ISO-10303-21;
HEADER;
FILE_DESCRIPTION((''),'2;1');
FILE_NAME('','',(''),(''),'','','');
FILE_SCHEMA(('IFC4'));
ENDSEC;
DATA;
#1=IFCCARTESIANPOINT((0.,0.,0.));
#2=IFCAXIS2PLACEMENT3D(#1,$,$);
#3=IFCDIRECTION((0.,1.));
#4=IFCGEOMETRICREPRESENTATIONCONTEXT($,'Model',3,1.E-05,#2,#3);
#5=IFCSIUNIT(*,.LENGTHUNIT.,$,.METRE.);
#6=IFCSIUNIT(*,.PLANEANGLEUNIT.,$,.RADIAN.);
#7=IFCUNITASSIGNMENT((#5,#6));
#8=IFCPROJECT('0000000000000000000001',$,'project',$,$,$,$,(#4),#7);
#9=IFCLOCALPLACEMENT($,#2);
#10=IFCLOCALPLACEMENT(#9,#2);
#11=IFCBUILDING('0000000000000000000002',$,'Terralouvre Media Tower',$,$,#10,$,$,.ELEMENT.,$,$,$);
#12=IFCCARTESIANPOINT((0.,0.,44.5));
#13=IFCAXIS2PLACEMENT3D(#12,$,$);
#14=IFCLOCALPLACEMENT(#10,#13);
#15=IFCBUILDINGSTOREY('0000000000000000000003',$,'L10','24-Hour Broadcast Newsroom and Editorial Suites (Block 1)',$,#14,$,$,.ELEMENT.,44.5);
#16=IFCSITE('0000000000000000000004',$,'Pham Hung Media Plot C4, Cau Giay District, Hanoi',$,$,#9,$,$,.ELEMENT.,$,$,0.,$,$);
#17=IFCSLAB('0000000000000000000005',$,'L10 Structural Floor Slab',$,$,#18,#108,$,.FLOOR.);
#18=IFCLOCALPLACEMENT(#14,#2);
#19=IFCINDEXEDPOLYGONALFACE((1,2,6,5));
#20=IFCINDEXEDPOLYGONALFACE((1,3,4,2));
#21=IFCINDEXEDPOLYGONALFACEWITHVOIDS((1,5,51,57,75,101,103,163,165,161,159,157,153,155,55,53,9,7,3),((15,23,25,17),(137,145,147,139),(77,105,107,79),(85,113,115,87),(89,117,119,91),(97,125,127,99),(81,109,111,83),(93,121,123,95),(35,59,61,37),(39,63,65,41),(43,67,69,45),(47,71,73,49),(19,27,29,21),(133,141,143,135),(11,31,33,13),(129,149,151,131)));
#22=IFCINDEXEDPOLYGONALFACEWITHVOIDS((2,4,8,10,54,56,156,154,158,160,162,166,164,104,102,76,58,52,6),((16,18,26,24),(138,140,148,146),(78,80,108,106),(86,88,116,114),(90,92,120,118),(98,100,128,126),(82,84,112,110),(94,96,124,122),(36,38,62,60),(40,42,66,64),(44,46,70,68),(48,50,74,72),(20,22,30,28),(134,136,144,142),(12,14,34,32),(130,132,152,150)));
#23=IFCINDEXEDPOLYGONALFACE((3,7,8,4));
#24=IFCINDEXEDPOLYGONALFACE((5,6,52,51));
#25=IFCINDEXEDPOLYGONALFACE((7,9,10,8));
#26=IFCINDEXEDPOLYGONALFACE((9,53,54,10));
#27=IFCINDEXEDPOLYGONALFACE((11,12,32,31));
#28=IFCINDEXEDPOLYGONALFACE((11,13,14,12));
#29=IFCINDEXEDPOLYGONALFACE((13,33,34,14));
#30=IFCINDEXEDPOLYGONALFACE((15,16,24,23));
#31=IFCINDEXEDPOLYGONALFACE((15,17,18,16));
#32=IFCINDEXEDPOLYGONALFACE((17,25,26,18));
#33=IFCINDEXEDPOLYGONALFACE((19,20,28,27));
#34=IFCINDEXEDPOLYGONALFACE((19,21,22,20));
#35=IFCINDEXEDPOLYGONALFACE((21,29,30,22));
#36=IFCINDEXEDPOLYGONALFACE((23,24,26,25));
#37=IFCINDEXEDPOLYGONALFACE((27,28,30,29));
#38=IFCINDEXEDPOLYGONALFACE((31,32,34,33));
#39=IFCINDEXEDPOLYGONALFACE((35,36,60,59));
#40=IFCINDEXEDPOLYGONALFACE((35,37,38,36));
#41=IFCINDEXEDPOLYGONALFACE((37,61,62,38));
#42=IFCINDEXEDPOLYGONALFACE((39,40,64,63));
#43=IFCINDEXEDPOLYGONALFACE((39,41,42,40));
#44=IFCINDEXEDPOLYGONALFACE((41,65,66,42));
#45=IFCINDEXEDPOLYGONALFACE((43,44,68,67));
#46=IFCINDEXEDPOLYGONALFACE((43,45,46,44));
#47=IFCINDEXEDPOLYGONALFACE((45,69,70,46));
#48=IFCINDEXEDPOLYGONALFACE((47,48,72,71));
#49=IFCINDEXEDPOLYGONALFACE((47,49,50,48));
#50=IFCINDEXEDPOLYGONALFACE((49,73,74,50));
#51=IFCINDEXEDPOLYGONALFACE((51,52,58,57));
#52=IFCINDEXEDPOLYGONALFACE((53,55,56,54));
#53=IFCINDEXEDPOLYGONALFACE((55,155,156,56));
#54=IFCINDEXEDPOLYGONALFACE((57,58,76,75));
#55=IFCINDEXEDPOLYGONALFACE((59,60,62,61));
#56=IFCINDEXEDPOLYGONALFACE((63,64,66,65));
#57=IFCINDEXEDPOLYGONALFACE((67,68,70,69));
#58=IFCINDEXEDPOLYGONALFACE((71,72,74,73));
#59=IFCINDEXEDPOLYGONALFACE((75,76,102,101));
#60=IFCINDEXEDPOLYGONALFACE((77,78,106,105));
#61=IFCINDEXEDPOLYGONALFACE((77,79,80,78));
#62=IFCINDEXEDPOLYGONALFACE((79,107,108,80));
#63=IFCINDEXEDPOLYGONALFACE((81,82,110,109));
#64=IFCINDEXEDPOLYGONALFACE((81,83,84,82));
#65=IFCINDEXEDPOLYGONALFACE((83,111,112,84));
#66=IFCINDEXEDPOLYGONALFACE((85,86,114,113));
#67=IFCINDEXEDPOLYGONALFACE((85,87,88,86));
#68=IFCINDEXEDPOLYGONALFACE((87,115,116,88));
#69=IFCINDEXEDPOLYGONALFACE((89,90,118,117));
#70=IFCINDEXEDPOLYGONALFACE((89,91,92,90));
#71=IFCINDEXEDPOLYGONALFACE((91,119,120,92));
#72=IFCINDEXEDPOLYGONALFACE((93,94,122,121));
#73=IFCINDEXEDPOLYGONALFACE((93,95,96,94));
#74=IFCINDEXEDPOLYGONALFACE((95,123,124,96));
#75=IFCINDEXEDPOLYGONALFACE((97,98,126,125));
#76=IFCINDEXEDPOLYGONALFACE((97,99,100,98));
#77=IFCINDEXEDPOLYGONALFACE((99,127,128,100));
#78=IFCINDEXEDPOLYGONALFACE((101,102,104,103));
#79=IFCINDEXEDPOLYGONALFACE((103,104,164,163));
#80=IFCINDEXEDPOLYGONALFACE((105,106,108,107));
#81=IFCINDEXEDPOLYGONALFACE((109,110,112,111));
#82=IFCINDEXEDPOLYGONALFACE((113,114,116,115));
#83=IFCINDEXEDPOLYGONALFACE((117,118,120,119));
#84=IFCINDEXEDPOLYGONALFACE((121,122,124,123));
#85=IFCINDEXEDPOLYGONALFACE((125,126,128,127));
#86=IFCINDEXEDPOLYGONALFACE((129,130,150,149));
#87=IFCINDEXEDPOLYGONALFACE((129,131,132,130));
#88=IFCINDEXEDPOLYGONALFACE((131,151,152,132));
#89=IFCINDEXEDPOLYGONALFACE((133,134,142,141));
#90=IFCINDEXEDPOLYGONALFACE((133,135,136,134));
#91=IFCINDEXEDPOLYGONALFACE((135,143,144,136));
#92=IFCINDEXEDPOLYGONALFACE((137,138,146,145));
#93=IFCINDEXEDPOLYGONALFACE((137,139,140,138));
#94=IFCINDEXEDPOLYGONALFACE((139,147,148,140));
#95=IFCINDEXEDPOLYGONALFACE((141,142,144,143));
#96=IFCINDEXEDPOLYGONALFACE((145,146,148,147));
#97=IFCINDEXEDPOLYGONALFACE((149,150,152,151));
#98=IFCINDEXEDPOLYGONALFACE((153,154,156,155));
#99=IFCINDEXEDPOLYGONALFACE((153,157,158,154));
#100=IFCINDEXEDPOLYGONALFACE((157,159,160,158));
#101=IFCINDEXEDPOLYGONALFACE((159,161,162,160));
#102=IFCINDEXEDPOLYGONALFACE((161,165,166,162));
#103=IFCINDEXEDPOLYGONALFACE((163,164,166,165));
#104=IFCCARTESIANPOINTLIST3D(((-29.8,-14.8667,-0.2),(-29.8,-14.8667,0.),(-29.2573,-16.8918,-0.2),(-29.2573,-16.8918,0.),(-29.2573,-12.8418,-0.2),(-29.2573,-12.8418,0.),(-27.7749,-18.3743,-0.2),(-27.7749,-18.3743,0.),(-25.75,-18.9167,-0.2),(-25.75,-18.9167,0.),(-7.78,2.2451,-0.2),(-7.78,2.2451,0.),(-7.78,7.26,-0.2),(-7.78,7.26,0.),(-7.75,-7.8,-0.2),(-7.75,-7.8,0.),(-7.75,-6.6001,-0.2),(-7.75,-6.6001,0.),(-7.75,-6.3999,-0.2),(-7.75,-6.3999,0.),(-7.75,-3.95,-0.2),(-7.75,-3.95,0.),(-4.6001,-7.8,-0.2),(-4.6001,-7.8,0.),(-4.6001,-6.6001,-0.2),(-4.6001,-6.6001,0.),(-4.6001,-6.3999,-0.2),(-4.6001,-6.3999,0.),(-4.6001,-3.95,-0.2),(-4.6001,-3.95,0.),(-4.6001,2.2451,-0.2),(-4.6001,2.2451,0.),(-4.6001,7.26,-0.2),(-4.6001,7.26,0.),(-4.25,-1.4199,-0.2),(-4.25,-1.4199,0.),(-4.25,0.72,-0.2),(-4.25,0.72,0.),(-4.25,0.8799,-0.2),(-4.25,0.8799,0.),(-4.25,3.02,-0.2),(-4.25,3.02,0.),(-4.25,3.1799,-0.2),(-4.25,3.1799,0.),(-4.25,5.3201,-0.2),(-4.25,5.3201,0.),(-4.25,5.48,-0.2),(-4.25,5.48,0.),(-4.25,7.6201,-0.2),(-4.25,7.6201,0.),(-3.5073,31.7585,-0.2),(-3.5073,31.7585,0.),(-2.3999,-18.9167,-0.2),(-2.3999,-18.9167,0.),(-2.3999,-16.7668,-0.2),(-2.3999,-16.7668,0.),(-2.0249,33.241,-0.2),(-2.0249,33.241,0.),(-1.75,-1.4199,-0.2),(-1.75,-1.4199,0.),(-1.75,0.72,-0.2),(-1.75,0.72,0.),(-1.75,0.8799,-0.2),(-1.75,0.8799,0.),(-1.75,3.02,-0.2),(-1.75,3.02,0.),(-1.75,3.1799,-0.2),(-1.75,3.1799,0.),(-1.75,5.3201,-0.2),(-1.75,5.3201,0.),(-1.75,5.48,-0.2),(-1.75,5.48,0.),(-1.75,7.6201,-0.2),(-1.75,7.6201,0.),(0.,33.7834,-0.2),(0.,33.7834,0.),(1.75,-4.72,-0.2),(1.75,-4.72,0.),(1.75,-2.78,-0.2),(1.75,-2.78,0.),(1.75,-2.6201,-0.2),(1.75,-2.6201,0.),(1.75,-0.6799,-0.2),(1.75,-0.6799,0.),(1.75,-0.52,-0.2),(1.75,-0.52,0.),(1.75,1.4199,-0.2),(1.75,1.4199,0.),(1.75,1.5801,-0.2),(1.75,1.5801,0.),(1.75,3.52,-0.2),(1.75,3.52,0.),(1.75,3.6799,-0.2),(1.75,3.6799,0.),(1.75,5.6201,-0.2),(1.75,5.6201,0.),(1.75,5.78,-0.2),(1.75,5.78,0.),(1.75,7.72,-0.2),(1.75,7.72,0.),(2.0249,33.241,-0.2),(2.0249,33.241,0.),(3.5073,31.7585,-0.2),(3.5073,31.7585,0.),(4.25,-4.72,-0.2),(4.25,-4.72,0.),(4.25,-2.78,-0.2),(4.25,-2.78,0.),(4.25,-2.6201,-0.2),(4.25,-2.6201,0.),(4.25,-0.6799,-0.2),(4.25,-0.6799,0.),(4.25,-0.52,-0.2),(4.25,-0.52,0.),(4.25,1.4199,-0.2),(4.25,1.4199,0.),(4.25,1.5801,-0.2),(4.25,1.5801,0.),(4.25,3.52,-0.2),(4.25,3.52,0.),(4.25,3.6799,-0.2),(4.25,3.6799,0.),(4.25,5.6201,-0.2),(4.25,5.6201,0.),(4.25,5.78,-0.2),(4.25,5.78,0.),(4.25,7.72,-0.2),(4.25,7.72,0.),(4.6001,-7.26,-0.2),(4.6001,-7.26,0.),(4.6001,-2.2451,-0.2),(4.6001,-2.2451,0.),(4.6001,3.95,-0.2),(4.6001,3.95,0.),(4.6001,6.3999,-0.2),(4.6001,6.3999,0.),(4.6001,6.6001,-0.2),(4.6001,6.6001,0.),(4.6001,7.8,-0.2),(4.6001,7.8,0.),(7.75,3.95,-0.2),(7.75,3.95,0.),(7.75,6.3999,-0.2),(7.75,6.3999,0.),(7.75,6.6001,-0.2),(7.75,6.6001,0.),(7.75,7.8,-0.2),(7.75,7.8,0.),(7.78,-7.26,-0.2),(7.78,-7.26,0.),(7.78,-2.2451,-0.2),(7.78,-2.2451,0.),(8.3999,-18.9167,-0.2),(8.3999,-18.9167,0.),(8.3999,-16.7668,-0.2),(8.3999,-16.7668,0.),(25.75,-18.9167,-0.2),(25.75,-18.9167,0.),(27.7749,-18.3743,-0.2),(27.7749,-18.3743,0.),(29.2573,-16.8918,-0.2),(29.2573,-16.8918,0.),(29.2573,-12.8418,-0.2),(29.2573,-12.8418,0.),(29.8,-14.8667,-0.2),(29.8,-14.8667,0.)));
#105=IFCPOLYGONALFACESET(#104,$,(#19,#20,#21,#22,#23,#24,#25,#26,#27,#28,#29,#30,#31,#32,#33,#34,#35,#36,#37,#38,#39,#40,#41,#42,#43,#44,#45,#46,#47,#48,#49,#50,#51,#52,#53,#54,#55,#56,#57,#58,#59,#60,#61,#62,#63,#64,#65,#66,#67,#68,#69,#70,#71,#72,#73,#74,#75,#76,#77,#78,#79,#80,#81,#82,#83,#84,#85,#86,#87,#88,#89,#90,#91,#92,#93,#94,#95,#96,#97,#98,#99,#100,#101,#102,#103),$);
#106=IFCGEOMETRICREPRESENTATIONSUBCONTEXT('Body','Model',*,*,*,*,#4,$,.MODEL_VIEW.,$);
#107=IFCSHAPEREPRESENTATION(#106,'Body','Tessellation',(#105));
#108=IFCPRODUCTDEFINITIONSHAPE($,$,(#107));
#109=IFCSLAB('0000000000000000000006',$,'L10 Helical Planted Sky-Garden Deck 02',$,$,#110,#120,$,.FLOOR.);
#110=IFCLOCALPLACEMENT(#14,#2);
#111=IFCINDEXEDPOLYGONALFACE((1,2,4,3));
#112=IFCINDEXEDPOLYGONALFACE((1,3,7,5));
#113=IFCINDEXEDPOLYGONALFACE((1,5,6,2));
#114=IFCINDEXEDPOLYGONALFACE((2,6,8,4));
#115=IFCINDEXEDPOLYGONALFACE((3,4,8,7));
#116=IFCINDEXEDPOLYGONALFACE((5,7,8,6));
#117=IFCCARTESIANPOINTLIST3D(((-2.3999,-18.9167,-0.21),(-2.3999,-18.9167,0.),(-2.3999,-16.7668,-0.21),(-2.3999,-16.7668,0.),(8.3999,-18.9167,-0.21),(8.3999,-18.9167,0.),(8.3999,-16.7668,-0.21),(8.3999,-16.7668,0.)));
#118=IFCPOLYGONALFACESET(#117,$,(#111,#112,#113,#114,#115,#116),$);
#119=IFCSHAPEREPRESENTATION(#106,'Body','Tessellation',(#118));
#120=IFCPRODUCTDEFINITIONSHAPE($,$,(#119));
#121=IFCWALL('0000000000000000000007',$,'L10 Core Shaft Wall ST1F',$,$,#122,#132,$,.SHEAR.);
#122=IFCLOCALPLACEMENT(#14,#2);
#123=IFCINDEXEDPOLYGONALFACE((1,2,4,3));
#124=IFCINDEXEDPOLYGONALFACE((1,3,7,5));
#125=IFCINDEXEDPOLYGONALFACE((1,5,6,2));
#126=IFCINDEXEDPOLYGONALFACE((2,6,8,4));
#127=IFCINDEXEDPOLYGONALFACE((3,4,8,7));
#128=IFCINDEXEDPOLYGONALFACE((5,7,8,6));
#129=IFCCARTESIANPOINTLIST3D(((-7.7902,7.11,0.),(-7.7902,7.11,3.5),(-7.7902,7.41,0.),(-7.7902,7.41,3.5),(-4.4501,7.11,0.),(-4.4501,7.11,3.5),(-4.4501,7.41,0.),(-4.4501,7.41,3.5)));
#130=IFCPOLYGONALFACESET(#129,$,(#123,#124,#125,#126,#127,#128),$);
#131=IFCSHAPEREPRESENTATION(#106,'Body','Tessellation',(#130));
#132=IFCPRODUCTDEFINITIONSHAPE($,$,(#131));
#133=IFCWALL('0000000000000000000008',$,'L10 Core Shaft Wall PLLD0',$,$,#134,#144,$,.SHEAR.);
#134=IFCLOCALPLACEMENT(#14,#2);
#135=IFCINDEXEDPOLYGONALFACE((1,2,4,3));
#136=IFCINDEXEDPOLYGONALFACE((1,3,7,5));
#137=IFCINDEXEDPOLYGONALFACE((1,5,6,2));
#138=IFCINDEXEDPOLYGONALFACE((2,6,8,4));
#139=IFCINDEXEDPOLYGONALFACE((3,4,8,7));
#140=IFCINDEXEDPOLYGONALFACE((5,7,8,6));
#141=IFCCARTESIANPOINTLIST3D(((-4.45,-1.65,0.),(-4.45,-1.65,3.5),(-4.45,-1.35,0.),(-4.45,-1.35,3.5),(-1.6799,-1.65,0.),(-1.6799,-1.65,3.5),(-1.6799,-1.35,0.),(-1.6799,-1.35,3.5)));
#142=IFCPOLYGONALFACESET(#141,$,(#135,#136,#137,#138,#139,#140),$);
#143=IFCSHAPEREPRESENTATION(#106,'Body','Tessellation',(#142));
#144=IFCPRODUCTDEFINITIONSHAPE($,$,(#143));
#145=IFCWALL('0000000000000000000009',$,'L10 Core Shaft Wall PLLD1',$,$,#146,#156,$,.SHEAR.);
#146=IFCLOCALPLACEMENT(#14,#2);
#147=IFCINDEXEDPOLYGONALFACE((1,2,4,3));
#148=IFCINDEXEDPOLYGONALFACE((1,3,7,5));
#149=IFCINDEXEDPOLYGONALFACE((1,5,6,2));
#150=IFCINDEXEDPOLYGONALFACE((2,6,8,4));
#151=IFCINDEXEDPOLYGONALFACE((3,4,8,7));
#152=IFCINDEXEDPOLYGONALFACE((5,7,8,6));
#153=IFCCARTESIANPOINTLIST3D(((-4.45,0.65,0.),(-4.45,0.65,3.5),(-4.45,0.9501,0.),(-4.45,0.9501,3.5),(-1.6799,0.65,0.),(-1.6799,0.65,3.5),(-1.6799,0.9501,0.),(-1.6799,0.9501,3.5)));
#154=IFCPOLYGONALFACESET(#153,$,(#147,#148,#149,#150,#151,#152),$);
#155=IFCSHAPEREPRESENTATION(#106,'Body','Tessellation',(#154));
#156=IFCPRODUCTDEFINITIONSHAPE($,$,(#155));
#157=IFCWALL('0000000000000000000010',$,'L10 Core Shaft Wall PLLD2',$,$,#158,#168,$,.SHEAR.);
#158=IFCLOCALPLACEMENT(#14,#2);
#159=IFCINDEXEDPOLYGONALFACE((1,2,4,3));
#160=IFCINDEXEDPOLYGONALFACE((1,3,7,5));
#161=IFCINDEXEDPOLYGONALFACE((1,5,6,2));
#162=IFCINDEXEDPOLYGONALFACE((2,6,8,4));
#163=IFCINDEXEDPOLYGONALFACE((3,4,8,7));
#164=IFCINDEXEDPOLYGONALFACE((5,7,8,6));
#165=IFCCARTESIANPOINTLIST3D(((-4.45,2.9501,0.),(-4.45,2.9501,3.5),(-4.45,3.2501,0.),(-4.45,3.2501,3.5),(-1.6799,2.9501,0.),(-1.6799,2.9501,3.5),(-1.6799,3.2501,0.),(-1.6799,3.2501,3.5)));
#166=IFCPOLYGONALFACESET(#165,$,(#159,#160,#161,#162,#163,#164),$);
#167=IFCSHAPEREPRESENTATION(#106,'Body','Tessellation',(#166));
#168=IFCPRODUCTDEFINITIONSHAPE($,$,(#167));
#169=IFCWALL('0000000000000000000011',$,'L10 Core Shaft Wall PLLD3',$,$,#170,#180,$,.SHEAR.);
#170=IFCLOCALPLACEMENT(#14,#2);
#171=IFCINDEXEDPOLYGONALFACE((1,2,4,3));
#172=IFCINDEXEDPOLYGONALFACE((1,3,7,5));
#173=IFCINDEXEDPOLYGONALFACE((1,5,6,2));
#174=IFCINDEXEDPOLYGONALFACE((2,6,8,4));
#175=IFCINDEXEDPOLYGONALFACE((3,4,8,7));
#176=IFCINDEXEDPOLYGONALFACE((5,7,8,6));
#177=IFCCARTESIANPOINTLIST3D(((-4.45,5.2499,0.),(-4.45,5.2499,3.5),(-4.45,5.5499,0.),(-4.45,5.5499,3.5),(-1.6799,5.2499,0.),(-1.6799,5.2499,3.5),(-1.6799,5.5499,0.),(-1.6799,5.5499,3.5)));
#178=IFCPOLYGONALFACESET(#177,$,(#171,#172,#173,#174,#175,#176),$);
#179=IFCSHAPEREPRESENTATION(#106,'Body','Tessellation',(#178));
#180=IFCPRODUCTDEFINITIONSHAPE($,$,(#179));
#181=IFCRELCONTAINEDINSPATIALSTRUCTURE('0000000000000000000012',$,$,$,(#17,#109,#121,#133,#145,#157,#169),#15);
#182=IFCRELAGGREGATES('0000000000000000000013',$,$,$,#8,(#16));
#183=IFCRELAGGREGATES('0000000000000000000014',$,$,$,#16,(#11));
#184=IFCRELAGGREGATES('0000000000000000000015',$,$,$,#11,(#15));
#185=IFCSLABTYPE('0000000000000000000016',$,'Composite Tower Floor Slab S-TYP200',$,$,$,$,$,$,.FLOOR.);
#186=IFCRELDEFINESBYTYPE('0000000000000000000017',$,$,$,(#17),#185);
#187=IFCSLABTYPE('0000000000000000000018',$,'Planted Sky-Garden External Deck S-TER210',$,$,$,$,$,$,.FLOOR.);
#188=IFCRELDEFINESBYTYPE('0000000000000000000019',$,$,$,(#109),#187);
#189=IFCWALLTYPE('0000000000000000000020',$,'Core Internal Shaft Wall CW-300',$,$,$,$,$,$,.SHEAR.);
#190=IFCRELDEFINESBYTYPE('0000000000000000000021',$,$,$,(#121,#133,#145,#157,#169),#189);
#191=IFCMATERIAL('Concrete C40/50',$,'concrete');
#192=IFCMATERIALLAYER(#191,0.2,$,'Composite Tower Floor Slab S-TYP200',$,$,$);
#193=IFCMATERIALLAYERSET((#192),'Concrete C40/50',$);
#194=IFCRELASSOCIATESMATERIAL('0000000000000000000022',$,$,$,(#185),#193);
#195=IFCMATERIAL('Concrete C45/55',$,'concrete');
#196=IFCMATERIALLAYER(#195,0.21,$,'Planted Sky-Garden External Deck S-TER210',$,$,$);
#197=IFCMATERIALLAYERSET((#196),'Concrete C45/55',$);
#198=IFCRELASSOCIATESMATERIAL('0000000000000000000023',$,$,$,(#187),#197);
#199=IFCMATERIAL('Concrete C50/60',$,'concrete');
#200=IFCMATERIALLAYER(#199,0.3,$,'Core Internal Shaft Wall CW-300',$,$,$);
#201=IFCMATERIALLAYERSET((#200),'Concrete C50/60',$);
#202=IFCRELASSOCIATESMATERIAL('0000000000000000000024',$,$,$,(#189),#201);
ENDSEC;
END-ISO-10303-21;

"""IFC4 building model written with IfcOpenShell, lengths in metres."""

from ifc_helpers import new_model, si_unit, direction, frame, frame_2d, origin, place, context, subcontext, project, spatial, polyline, rectangle, outline, extrude, material, layer, layer_set, type_object, element, save


model = new_model("IFC4")

# Units and contexts
model_context = context("Model", 3, precision=1e-05, world=origin(), true_north=direction((0.0, 1.0)))
body_context = subcontext(model_context, "Body", "Model", "MODEL_VIEW")
ifc_project = project(units=[si_unit("LENGTHUNIT", "METRE"), si_unit("PLANEANGLEUNIT", "RADIAN")], contexts=[model_context])

# Site, building, storey
site_placement = place(None, origin())
site = spatial("IfcSite", under=ifc_project, at=site_placement, Name="Pham Hung Media Plot C4, Cau Giay District, Hanoi", CompositionType="ELEMENT", RefElevation=0.0)
building_placement = place(site_placement, origin())
building = spatial("IfcBuilding", under=site, at=building_placement, Name="Terralouvre Media Tower", CompositionType="ELEMENT")
storey_placement = place(building_placement, frame((0.0, 0.0, 44.5)))
storey = spatial("IfcBuildingStorey", under=building, at=storey_placement, Name="L10", Description="24-Hour Broadcast Newsroom and Editorial Suites (Block 1)", CompositionType="ELEMENT", Elevation=44.5)

# Slabs
ifc_material_1 = material(Name="Concrete C40/50", Category="concrete")
ifc_layer_1 = layer(ifc_material_1, 0.2, Name="Composite Tower Floor Slab S-TYP200")
ifc_layer_set_1 = layer_set([ifc_layer_1], Name="Concrete C40/50")
slab_type_1 = type_object("IfcSlabType", Name="Composite Tower Floor Slab S-TYP200", PredefinedType="FLOOR", material=ifc_layer_set_1)
slab_1_placement = place(storey_placement, frame((0.0, 0.0, -0.2)))
element("IfcSlab", 1, at=slab_1_placement, inside=storey, type_object=slab_type_1, Name="L10 Structural Floor Slab", PredefinedType="FLOOR", context=body_context, shape_type="SweptSolid", body=[
    extrude(outline(polyline([(-25.75, -18.9167), (-2.3999, -18.9167), (-2.3999, -16.7668), (8.3999, -16.7668), (8.3999, -18.9167), (25.75, -18.9167), (27.7749, -18.3743), (29.2573, -16.8918), (29.8, -14.8667), (29.2573, -12.8418), (3.5073, 31.7585), (2.0249, 33.241), (0.0, 33.7834), (-2.0249, 33.241), (-3.5073, 31.7585), (-29.2573, -12.8418), (-29.8, -14.8667), (-29.2573, -16.8918), (-27.7749, -18.3743), (-25.75, -18.9167)]), holes=[polyline([(-4.6001, -7.8), (-7.75, -7.8), (-7.75, -6.6001), (-4.6001, -6.6001), (-4.6001, -7.8)]), polyline([(-4.6001, -6.3999), (-7.75, -6.3999), (-7.75, -3.95), (-4.6001, -3.95), (-4.6001, -6.3999)]), polyline([(-1.75, -1.4199), (-4.25, -1.4199), (-4.25, 0.72), (-1.75, 0.72), (-1.75, -1.4199)]), polyline([(-1.75, 0.8799), (-4.25, 0.8799), (-4.25, 3.02), (-1.75, 3.02), (-1.75, 0.8799)]), polyline([(4.25, 1.5801), (1.75, 1.5801), (1.75, 3.52), (4.25, 3.52), (4.25, 1.5801)]), polyline([(-1.75, 3.1799), (-4.25, 3.1799), (-4.25, 5.3201), (-1.75, 5.3201), (-1.75, 3.1799)]), polyline([(-4.6001, 2.2451), (-7.78, 2.2451), (-7.78, 7.26), (-4.6001, 7.26), (-4.6001, 2.2451)]), polyline([(-1.75, 5.48), (-4.25, 5.48), (-4.25, 7.6201), (-1.75, 7.6201), (-1.75, 5.48)]), polyline([(4.6001, -2.2451), (7.78, -2.2451), (7.78, -7.26), (4.6001, -7.26), (4.6001, -2.2451)]), polyline([(4.25, -4.72), (1.75, -4.72), (1.75, -2.78), (4.25, -2.78), (4.25, -4.72)]), polyline([(4.25, -2.6201), (1.75, -2.6201), (1.75, -0.6799), (4.25, -0.6799), (4.25, -2.6201)]), polyline([(4.25, -0.52), (1.75, -0.52), (1.75, 1.4199), (4.25, 1.4199), (4.25, -0.52)]), polyline([(4.25, 3.6799), (1.75, 3.6799), (1.75, 5.6201), (4.25, 5.6201), (4.25, 3.6799)]), polyline([(7.75, 3.95), (4.6001, 3.95), (4.6001, 6.3999), (7.75, 6.3999), (7.75, 3.95)]), polyline([(4.25, 5.78), (1.75, 5.78), (1.75, 7.72), (4.25, 7.72), (4.25, 5.78)]), polyline([(7.75, 6.6001), (4.6001, 6.6001), (4.6001, 7.8), (7.75, 7.8), (7.75, 6.6001)])]), origin(), (0.0, 0.0, 1.0), 0.2),
])
ifc_material_2 = material(Name="Concrete C45/55", Category="concrete")
ifc_layer_2 = layer(ifc_material_2, 0.21, Name="Planted Sky-Garden External Deck S-TER210")
ifc_layer_set_2 = layer_set([ifc_layer_2], Name="Concrete C45/55")
slab_type_2 = type_object("IfcSlabType", Name="Planted Sky-Garden External Deck S-TER210", PredefinedType="FLOOR", material=ifc_layer_set_2)
slab_2_placement = place(storey_placement, frame((0.0, 0.0, -0.21)))
element("IfcSlab", 2, at=slab_2_placement, inside=storey, type_object=slab_type_2, Name="L10 Helical Planted Sky-Garden Deck 02", PredefinedType="FLOOR", context=body_context, shape_type="SweptSolid", body=[
    extrude(outline(polyline([(-2.3999, -18.9167), (8.3999, -18.9167), (8.3999, -16.7668), (-2.3999, -16.7668), (-2.3999, -18.9167)])), origin(), (0.0, 0.0, 1.0), 0.21),
])

# Shared definitions
ifc_material_3 = material(Name="Concrete C50/60", Category="concrete")
ifc_layer_3 = layer(ifc_material_3, 0.3, Name="Core Internal Shaft Wall CW-300")
ifc_layer_set_3 = layer_set([ifc_layer_3], Name="Concrete C50/60")
wall_type_1 = type_object("IfcWallType", Name="Core Internal Shaft Wall CW-300", PredefinedType="SHEAR", material=ifc_layer_set_3)

# Walls
wall_1_placement = place(storey_placement, frame((-7.79, 7.26, 0.0), z_axis=(0.0, 0.0, 1.0), x_axis=(1.0, 0.0, 0.0)))
element("IfcWall", 3, at=wall_1_placement, inside=storey, type_object=wall_type_1, Name="L10 Core Shaft Wall ST1F", PredefinedType="SHEAR", context=body_context, shape_type="SweptSolid", body=[
    extrude(rectangle(XDim=3.3401, YDim=0.3, at=frame_2d((1.6699, 0.0))), origin(), (0.0, 0.0, 1.0), 3.5),
])
for number, where, z_axis, x_axis, name in (
    (4, (-4.45, -1.5, 0.0), (0.0, 0.0, 1.0), (1.0, 0.0, 0.0), "L10 Core Shaft Wall PLLD0"),
    (5, (-4.45, 0.8, 0.0), (0.0, 0.0, 1.0), (1.0, 0.0, 0.0), "L10 Core Shaft Wall PLLD1"),
    (6, (-4.45, 3.1001, 0.0), (0.0, 0.0, 1.0), (1.0, 0.0, 0.0), "L10 Core Shaft Wall PLLD2"),
    (7, (-4.45, 5.3999, 0.0), (0.0, 0.0, 1.0), (1.0, 0.0, 0.0), "L10 Core Shaft Wall PLLD3"),
):
    element("IfcWall", number, at=place(storey_placement, frame(where, z_axis=z_axis, x_axis=x_axis)), inside=storey, type_object=wall_type_1, Name=name, PredefinedType="SHEAR", context=body_context, shape_type="SweptSolid", body=[
        extrude(rectangle(XDim=2.77, YDim=0.3, at=frame_2d((1.385, 0.0))), origin(), (0.0, 0.0, 1.0), 3.5),
    ])

save(model, "model.ifc")
